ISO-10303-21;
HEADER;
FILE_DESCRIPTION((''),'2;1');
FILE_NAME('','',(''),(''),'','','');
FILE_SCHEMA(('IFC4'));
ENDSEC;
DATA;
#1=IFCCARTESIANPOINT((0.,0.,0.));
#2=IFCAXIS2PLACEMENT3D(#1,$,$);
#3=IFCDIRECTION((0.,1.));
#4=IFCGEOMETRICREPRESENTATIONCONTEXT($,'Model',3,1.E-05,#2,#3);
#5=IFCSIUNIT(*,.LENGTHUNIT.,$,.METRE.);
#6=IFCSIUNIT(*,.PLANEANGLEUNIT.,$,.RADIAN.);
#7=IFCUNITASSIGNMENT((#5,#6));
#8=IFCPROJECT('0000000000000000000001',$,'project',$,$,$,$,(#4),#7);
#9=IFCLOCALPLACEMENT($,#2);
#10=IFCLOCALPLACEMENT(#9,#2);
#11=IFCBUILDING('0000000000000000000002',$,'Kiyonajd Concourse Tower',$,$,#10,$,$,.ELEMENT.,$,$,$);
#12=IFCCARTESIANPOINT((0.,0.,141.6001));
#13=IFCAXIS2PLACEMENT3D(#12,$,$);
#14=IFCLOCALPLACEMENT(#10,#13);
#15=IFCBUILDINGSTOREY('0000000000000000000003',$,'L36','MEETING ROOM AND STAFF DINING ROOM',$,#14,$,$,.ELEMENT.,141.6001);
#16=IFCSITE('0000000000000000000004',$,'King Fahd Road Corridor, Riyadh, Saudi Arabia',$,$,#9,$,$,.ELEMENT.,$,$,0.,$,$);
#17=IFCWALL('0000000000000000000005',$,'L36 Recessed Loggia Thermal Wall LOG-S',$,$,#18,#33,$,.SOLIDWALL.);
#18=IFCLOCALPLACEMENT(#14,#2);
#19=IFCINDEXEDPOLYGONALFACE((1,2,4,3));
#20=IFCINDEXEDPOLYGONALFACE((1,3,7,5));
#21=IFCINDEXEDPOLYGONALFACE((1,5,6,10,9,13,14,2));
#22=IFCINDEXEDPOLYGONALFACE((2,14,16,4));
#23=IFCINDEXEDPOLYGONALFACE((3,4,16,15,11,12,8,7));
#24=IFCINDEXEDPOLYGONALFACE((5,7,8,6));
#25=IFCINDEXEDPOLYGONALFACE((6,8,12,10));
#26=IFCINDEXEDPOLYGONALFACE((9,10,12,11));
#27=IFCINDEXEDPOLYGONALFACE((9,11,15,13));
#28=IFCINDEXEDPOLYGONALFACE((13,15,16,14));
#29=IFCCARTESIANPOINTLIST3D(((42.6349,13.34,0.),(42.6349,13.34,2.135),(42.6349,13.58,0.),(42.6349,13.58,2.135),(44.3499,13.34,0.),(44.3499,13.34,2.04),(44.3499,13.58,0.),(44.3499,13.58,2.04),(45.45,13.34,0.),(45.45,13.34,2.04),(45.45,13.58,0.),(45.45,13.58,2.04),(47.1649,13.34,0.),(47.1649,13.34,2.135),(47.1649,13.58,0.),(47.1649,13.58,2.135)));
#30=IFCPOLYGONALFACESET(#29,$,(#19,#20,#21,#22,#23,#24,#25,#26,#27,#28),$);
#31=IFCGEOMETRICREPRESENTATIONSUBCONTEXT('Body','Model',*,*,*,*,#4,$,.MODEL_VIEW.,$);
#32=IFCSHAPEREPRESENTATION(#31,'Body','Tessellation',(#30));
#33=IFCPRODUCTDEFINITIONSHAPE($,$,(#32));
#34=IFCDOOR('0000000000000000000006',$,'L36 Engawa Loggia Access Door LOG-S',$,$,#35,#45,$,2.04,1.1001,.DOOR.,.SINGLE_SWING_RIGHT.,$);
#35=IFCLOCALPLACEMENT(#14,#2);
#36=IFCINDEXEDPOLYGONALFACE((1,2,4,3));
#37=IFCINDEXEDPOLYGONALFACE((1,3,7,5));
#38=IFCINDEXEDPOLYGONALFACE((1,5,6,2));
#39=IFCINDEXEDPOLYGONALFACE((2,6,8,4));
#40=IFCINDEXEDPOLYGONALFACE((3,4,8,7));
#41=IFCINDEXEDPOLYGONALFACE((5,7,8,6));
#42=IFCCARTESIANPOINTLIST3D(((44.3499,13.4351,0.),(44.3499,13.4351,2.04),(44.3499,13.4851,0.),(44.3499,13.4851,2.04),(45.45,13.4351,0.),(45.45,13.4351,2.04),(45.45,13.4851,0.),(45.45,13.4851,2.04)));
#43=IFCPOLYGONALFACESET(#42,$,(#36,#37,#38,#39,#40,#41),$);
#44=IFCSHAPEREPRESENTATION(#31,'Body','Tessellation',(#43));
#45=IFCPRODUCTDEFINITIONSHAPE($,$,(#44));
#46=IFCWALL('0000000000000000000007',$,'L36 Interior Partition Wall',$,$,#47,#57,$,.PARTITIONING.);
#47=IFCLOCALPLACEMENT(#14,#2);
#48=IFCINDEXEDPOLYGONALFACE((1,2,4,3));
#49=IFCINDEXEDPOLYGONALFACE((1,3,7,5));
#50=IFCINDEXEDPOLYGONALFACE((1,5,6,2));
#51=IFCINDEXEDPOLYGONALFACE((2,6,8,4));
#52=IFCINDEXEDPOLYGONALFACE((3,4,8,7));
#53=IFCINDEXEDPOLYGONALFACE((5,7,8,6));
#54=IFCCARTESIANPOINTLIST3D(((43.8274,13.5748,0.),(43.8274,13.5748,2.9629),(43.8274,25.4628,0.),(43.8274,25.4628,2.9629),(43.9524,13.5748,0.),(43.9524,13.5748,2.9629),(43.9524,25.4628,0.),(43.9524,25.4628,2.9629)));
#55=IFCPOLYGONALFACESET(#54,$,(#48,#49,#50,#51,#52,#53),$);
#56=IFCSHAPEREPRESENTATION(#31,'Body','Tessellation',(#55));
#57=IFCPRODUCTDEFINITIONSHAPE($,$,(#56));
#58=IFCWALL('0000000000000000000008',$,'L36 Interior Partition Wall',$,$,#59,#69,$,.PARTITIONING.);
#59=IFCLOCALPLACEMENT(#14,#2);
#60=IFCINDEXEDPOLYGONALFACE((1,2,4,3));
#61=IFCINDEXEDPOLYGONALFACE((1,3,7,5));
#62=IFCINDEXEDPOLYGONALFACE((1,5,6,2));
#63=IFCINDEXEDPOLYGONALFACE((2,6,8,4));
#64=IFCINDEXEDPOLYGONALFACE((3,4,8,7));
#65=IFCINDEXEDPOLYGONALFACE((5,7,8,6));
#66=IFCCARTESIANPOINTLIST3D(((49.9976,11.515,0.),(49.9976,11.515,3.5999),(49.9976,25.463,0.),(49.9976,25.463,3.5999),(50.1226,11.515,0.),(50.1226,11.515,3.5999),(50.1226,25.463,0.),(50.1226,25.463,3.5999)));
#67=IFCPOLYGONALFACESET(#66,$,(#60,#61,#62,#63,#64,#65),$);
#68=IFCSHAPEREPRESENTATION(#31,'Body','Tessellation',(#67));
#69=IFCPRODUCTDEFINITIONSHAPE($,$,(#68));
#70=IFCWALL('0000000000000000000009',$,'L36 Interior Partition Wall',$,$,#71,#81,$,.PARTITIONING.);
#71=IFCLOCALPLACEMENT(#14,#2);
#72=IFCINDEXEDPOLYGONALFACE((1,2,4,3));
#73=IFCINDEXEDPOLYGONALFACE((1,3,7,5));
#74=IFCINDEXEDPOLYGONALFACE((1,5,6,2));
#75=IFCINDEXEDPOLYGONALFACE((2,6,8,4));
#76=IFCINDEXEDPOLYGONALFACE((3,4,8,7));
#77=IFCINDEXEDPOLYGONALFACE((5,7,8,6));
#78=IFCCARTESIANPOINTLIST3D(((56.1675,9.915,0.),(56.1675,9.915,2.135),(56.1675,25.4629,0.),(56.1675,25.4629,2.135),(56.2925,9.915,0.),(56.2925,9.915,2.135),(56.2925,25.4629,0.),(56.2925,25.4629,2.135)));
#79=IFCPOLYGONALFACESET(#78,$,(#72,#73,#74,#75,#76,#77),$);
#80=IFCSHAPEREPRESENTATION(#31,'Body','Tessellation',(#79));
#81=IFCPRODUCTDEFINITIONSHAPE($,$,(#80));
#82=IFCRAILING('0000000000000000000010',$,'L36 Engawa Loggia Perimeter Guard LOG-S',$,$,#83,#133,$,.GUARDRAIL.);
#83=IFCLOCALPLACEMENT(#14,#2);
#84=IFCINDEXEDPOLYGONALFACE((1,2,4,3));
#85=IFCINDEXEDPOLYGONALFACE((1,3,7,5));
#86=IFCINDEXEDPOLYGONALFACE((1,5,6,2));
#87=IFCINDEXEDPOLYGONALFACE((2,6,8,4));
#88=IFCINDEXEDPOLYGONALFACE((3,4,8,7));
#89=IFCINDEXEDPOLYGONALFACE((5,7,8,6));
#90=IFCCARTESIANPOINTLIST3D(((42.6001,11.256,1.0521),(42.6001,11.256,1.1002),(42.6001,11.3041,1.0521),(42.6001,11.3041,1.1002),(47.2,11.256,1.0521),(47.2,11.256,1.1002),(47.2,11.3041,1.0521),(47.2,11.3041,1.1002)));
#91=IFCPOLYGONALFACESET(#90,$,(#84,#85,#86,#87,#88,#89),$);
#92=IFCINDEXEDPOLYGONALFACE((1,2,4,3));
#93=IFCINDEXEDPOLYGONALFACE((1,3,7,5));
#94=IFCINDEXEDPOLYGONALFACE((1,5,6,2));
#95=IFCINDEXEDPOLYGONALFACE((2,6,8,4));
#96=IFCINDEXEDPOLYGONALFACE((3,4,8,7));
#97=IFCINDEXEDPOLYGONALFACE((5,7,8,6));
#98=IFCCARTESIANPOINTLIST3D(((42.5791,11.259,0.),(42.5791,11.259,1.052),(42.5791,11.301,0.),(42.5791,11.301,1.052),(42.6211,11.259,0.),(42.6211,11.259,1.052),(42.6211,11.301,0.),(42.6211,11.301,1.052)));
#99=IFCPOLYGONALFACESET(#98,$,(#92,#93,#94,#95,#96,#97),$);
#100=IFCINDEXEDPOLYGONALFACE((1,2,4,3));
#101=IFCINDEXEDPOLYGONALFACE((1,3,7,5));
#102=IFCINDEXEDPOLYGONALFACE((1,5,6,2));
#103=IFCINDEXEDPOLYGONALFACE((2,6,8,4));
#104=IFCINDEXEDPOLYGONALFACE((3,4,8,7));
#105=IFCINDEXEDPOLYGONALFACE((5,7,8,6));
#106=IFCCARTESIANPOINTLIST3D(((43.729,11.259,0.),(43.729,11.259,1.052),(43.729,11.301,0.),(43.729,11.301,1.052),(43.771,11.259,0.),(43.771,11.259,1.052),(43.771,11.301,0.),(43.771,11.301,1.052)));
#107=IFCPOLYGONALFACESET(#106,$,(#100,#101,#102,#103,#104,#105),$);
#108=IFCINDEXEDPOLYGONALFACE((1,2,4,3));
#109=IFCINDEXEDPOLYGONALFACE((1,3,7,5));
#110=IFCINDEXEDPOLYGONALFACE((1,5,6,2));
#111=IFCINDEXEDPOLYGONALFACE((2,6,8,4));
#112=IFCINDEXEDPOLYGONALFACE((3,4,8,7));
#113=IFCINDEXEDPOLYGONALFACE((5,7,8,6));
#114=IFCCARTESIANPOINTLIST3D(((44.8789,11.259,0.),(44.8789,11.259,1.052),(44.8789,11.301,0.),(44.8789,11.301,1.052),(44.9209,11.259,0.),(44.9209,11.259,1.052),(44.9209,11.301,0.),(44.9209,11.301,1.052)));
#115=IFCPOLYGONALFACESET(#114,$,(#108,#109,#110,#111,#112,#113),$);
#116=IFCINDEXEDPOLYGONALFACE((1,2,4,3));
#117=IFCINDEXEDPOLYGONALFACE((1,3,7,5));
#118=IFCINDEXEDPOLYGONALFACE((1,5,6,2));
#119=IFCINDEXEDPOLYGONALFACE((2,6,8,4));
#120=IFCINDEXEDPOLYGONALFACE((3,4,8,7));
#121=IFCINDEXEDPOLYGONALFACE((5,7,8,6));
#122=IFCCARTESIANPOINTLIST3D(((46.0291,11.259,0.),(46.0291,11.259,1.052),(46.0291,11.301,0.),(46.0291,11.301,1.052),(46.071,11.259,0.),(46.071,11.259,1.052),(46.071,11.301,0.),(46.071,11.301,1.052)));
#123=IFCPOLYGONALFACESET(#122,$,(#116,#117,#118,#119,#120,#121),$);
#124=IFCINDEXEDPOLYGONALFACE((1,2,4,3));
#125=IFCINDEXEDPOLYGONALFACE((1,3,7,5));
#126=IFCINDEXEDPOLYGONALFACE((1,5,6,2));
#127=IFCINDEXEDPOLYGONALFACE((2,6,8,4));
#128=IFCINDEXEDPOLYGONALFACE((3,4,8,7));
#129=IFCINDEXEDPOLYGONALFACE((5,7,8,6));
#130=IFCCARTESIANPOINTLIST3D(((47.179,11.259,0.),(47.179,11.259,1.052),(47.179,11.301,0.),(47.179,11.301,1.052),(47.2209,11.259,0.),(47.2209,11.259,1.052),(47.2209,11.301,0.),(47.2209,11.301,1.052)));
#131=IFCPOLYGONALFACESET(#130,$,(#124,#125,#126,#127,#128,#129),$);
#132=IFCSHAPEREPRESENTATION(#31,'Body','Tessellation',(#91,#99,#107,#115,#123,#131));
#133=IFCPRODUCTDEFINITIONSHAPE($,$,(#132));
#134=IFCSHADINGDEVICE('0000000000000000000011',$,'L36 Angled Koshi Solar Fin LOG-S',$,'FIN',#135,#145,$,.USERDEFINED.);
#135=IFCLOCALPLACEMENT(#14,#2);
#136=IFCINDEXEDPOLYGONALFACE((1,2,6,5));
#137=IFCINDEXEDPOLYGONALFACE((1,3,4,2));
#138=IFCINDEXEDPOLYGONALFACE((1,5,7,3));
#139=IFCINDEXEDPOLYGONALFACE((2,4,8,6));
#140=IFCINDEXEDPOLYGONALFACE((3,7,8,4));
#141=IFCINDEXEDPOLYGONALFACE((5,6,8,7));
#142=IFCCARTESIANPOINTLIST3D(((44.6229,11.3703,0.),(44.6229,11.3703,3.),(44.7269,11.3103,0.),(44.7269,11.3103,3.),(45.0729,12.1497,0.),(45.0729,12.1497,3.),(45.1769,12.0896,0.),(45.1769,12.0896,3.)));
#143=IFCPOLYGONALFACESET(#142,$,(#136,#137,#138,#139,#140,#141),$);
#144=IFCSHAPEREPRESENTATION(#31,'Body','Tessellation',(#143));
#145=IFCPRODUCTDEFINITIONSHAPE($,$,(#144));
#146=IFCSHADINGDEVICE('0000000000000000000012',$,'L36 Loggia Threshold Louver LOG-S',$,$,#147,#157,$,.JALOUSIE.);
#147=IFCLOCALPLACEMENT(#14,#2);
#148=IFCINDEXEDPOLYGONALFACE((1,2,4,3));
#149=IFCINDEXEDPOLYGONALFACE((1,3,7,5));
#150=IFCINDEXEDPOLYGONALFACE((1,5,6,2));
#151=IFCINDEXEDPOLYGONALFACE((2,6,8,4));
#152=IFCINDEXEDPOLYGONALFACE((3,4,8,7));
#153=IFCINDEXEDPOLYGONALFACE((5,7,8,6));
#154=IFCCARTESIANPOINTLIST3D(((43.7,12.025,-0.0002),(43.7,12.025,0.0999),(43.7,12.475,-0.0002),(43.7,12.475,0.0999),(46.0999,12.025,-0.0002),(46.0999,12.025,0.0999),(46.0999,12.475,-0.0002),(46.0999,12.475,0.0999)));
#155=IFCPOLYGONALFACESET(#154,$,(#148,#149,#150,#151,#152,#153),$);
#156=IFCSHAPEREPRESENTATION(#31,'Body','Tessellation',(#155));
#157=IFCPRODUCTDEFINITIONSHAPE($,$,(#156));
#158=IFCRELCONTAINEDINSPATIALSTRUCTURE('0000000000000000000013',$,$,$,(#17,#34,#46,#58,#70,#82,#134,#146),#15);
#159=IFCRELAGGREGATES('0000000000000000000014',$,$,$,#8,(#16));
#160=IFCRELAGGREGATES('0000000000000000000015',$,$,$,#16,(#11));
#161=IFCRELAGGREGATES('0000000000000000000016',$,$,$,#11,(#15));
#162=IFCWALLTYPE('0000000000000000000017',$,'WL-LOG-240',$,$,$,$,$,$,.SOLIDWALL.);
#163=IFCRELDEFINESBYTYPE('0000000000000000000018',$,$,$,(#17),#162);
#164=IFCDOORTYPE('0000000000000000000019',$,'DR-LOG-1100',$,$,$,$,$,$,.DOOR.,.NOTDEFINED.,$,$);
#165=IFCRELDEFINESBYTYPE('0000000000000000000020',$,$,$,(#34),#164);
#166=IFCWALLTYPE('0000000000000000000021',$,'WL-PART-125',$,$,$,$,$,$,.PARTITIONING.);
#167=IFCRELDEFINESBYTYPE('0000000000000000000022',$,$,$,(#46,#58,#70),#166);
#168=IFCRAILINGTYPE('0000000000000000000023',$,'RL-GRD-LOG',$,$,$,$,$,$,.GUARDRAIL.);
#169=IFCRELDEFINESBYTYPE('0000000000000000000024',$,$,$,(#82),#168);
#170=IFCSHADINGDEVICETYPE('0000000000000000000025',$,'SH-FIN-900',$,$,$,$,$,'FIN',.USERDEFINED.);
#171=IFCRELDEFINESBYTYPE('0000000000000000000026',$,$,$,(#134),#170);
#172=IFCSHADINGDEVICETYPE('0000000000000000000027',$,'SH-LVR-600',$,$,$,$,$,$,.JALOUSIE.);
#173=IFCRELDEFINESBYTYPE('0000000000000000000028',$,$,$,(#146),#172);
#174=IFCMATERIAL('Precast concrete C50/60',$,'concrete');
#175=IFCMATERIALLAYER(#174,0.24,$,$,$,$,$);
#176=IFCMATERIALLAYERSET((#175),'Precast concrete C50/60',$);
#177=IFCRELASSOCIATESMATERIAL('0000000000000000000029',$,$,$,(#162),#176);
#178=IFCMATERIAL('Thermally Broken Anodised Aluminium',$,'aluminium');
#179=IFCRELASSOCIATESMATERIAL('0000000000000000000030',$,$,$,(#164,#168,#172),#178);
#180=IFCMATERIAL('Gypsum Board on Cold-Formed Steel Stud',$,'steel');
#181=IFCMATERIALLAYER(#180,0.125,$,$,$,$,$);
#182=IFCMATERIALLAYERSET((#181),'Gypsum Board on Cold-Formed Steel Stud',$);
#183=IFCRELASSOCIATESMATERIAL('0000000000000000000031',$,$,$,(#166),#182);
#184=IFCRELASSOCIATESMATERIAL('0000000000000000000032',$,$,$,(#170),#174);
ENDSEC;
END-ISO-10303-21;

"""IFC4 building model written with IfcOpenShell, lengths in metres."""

from ifc_helpers import new_model, si_unit, direction, frame, frame_2d, origin, origin_2d, place, context, subcontext, project, spatial, rectangle, extrude, material, layer, layer_set, type_object, element, fill, save


model = new_model("IFC4")

# Units and contexts
model_context = context("Model", 3, precision=1e-05, world=origin(), true_north=direction((0.0, 1.0)))
body_context = subcontext(model_context, "Body", "Model", "MODEL_VIEW")
ifc_project = project(units=[si_unit("LENGTHUNIT", "METRE"), si_unit("PLANEANGLEUNIT", "RADIAN")], contexts=[model_context])

# Site, building, storey
site_placement = place(None, origin())
site = spatial("IfcSite", under=ifc_project, at=site_placement, Name="King Fahd Road Corridor, Riyadh, Saudi Arabia", CompositionType="ELEMENT", RefElevation=0.0)
building_placement = place(site_placement, origin())
building = spatial("IfcBuilding", under=site, at=building_placement, Name="Kiyonajd Concourse Tower", CompositionType="ELEMENT")
storey_placement = place(building_placement, frame((0.0, 0.0, 141.6001)))
storey = spatial("IfcBuildingStorey", under=building, at=storey_placement, Name="L36", Description="MEETING ROOM AND STAFF DINING ROOM", CompositionType="ELEMENT", Elevation=141.6001)

# Shared definitions
ifc_material_1 = material(Name="Thermally Broken Anodised Aluminium", Category="aluminium")

# Shared definitions
ifc_material_2 = material(Name="Precast concrete C50/60", Category="concrete")

# Wall, opening, door
ifc_layer_1 = layer(ifc_material_2, 0.24)
ifc_layer_set_1 = layer_set([ifc_layer_1], Name="Precast concrete C50/60")
wall_type_1 = type_object("IfcWallType", Name="WL-LOG-240", PredefinedType="SOLIDWALL", material=ifc_layer_set_1)
wall_1_placement = place(storey_placement, frame((47.165, 13.46, 0.0), z_axis=(0.0, 0.0, 1.0), x_axis=(-1.0, 0.0, 0.0)))
wall_1 = element("IfcWall", 1, at=wall_1_placement, inside=storey, type_object=wall_type_1, Name="L36 Recessed Loggia Thermal Wall LOG-S", PredefinedType="SOLIDWALL", context=body_context, shape_type="SweptSolid", body=[
    extrude(rectangle(XDim=4.53, YDim=0.24, at=frame_2d((2.2651, 0.0))), origin(), (0.0, 0.0, 1.0), 2.135),
])
opening_1_placement = place(wall_1_placement, frame((1.7151, 0.0, 0.0)))
opening_1 = element("IfcOpeningElement", 2, at=opening_1_placement, cuts=wall_1, PredefinedType="OPENING", context=body_context, shape_type="SweptSolid", body=[
    extrude(rectangle(XDim=1.1001, YDim=2.04, at=frame_2d((0.55, 1.02))), frame((0.0, 0.1299, 0.0), z_axis=(0.0, -1.0, 0.0), x_axis=(1.0, 0.0, 0.0)), (0.0, 0.0, 1.0), 0.26),
])
door_type = type_object("IfcDoorType", Name="DR-LOG-1100", OperationType="NOTDEFINED", PredefinedType="DOOR", material=ifc_material_1)
door_placement = place(opening_1_placement, origin())
door = element("IfcDoor", 3, at=door_placement, inside=storey, type_object=door_type, Name="L36 Engawa Loggia Access Door LOG-S", OperationType="SINGLE_SWING_RIGHT", OverallHeight=2.04, OverallWidth=1.1001, PredefinedType="DOOR", context=body_context, shape_type="SweptSolid", body=[
    extrude(rectangle(XDim=1.1001, YDim=2.04, at=frame_2d((0.55, 1.02))), frame((0.0, 0.0249, 0.0), z_axis=(0.0, -1.0, 0.0), x_axis=(1.0, 0.0, 0.0)), (0.0, 0.0, 1.0), 0.05),
])
fill(opening_1, door)

# Walls
ifc_material_3 = material(Name="Gypsum Board on Cold-Formed Steel Stud", Category="steel")
ifc_layer_2 = layer(ifc_material_3, 0.125)
ifc_layer_set_2 = layer_set([ifc_layer_2], Name="Gypsum Board on Cold-Formed Steel Stud")
wall_type_2 = type_object("IfcWallType", Name="WL-PART-125", PredefinedType="PARTITIONING", material=ifc_layer_set_2)
wall_2_placement = place(storey_placement, frame((43.8899, 13.575, 0.0), z_axis=(0.0, 0.0, 1.0), x_axis=(0.0, 1.0, 0.0)))
element("IfcWall", 4, at=wall_2_placement, inside=storey, type_object=wall_type_2, Name="L36 Interior Partition Wall", PredefinedType="PARTITIONING", context=body_context, shape_type="SweptSolid", body=[
    extrude(rectangle(XDim=11.8879, YDim=0.125, at=frame_2d((5.9438, 0.0))), origin(), (0.0, 0.0, 1.0), 2.9629),
])
wall_3_placement = place(storey_placement, frame((50.0601, 11.5149, 0.0), z_axis=(0.0, 0.0, 1.0), x_axis=(0.0, 1.0, 0.0)))
element("IfcWall", 5, at=wall_3_placement, inside=storey, type_object=wall_type_2, Name="L36 Interior Partition Wall", PredefinedType="PARTITIONING", context=body_context, shape_type="SweptSolid", body=[
    extrude(rectangle(XDim=13.948, YDim=0.125, at=frame_2d((6.9741, 0.0))), origin(), (0.0, 0.0, 1.0), 3.5999),
])
wall_4_placement = place(storey_placement, frame((56.23, 9.915, 0.0), z_axis=(0.0, 0.0, 1.0), x_axis=(0.0, 1.0, 0.0)))
element("IfcWall", 6, at=wall_4_placement, inside=storey, type_object=wall_type_2, Name="L36 Interior Partition Wall", PredefinedType="PARTITIONING", context=body_context, shape_type="SweptSolid", body=[
    extrude(rectangle(XDim=15.5479, YDim=0.125, at=frame_2d((7.7739, 0.0))), origin(), (0.0, 0.0, 1.0), 2.135),
])

# Railing
railing_type = type_object("IfcRailingType", Name="RL-GRD-LOG", PredefinedType="GUARDRAIL", material=ifc_material_1)
railing_placement = place(storey_placement, frame((42.6001, 11.28, 0.0)))
element("IfcRailing", 7, at=railing_placement, inside=storey, type_object=railing_type, Name="L36 Engawa Loggia Perimeter Guard LOG-S", PredefinedType="GUARDRAIL", context=body_context, shape_type="SweptSolid", body=[
    extrude(rectangle(XDim=0.0481, YDim=0.0481, at=origin_2d()), frame((0.0, 0.0, 1.0762), z_axis=(1.0, 0.0, 0.0), x_axis=(0.0, 1.0, 0.0)), (0.0, 0.0, 1.0), 4.5999),
    extrude(rectangle(XDim=0.042, YDim=0.042, at=origin_2d()), origin(), (0.0, 0.0, 1.0), 1.052),
    extrude(rectangle(XDim=0.042, YDim=0.042, at=origin_2d()), frame((1.1499, 0.0, 0.0)), (0.0, 0.0, 1.0), 1.052),
    extrude(rectangle(XDim=0.042, YDim=0.042, at=origin_2d()), frame((2.2998, 0.0, 0.0)), (0.0, 0.0, 1.0), 1.052),
    extrude(rectangle(XDim=0.042, YDim=0.042, at=origin_2d()), frame((3.45, 0.0, 0.0)), (0.0, 0.0, 1.0), 1.052),
    extrude(rectangle(XDim=0.042, YDim=0.042, at=origin_2d()), frame((4.5999, 0.0, 0.0)), (0.0, 0.0, 1.0), 1.052),
])

# Shading devices
shading_device_type_1 = type_object("IfcShadingDeviceType", Name="SH-FIN-900", ElementType="FIN", PredefinedType="USERDEFINED", material=ifc_material_2)
shading_device_1_placement = place(storey_placement, frame((44.8999, 11.73, 0.0), z_axis=(0.0, 0.0, 1.0), x_axis=(0.5, 0.866025, 0.0)))
element("IfcShadingDevice", 8, at=shading_device_1_placement, inside=storey, type_object=shading_device_type_1, Name="L36 Angled Koshi Solar Fin LOG-S", ObjectType="FIN", PredefinedType="USERDEFINED", context=body_context, shape_type="SweptSolid", body=[
    extrude(rectangle(XDim=0.8999, YDim=0.1201, at=origin_2d()), origin(), (0.0, 0.0, 1.0), 3.0),
])
shading_device_type_2 = type_object("IfcShadingDeviceType", Name="SH-LVR-600", PredefinedType="JALOUSIE", material=ifc_material_1)
shading_device_2_placement = place(storey_placement, frame((44.8999, 12.25, -0.0002), z_axis=(0.0, 0.0, 1.0), x_axis=(1.0, 0.0, 0.0)))
element("IfcShadingDevice", 9, at=shading_device_2_placement, inside=storey, type_object=shading_device_type_2, Name="L36 Loggia Threshold Louver LOG-S", PredefinedType="JALOUSIE", context=body_context, shape_type="SweptSolid", body=[
    extrude(rectangle(XDim=2.3999, YDim=0.45, at=origin_2d()), origin(), (0.0, 0.0, 1.0), 0.1001),
])

save(model, "model.ifc")
